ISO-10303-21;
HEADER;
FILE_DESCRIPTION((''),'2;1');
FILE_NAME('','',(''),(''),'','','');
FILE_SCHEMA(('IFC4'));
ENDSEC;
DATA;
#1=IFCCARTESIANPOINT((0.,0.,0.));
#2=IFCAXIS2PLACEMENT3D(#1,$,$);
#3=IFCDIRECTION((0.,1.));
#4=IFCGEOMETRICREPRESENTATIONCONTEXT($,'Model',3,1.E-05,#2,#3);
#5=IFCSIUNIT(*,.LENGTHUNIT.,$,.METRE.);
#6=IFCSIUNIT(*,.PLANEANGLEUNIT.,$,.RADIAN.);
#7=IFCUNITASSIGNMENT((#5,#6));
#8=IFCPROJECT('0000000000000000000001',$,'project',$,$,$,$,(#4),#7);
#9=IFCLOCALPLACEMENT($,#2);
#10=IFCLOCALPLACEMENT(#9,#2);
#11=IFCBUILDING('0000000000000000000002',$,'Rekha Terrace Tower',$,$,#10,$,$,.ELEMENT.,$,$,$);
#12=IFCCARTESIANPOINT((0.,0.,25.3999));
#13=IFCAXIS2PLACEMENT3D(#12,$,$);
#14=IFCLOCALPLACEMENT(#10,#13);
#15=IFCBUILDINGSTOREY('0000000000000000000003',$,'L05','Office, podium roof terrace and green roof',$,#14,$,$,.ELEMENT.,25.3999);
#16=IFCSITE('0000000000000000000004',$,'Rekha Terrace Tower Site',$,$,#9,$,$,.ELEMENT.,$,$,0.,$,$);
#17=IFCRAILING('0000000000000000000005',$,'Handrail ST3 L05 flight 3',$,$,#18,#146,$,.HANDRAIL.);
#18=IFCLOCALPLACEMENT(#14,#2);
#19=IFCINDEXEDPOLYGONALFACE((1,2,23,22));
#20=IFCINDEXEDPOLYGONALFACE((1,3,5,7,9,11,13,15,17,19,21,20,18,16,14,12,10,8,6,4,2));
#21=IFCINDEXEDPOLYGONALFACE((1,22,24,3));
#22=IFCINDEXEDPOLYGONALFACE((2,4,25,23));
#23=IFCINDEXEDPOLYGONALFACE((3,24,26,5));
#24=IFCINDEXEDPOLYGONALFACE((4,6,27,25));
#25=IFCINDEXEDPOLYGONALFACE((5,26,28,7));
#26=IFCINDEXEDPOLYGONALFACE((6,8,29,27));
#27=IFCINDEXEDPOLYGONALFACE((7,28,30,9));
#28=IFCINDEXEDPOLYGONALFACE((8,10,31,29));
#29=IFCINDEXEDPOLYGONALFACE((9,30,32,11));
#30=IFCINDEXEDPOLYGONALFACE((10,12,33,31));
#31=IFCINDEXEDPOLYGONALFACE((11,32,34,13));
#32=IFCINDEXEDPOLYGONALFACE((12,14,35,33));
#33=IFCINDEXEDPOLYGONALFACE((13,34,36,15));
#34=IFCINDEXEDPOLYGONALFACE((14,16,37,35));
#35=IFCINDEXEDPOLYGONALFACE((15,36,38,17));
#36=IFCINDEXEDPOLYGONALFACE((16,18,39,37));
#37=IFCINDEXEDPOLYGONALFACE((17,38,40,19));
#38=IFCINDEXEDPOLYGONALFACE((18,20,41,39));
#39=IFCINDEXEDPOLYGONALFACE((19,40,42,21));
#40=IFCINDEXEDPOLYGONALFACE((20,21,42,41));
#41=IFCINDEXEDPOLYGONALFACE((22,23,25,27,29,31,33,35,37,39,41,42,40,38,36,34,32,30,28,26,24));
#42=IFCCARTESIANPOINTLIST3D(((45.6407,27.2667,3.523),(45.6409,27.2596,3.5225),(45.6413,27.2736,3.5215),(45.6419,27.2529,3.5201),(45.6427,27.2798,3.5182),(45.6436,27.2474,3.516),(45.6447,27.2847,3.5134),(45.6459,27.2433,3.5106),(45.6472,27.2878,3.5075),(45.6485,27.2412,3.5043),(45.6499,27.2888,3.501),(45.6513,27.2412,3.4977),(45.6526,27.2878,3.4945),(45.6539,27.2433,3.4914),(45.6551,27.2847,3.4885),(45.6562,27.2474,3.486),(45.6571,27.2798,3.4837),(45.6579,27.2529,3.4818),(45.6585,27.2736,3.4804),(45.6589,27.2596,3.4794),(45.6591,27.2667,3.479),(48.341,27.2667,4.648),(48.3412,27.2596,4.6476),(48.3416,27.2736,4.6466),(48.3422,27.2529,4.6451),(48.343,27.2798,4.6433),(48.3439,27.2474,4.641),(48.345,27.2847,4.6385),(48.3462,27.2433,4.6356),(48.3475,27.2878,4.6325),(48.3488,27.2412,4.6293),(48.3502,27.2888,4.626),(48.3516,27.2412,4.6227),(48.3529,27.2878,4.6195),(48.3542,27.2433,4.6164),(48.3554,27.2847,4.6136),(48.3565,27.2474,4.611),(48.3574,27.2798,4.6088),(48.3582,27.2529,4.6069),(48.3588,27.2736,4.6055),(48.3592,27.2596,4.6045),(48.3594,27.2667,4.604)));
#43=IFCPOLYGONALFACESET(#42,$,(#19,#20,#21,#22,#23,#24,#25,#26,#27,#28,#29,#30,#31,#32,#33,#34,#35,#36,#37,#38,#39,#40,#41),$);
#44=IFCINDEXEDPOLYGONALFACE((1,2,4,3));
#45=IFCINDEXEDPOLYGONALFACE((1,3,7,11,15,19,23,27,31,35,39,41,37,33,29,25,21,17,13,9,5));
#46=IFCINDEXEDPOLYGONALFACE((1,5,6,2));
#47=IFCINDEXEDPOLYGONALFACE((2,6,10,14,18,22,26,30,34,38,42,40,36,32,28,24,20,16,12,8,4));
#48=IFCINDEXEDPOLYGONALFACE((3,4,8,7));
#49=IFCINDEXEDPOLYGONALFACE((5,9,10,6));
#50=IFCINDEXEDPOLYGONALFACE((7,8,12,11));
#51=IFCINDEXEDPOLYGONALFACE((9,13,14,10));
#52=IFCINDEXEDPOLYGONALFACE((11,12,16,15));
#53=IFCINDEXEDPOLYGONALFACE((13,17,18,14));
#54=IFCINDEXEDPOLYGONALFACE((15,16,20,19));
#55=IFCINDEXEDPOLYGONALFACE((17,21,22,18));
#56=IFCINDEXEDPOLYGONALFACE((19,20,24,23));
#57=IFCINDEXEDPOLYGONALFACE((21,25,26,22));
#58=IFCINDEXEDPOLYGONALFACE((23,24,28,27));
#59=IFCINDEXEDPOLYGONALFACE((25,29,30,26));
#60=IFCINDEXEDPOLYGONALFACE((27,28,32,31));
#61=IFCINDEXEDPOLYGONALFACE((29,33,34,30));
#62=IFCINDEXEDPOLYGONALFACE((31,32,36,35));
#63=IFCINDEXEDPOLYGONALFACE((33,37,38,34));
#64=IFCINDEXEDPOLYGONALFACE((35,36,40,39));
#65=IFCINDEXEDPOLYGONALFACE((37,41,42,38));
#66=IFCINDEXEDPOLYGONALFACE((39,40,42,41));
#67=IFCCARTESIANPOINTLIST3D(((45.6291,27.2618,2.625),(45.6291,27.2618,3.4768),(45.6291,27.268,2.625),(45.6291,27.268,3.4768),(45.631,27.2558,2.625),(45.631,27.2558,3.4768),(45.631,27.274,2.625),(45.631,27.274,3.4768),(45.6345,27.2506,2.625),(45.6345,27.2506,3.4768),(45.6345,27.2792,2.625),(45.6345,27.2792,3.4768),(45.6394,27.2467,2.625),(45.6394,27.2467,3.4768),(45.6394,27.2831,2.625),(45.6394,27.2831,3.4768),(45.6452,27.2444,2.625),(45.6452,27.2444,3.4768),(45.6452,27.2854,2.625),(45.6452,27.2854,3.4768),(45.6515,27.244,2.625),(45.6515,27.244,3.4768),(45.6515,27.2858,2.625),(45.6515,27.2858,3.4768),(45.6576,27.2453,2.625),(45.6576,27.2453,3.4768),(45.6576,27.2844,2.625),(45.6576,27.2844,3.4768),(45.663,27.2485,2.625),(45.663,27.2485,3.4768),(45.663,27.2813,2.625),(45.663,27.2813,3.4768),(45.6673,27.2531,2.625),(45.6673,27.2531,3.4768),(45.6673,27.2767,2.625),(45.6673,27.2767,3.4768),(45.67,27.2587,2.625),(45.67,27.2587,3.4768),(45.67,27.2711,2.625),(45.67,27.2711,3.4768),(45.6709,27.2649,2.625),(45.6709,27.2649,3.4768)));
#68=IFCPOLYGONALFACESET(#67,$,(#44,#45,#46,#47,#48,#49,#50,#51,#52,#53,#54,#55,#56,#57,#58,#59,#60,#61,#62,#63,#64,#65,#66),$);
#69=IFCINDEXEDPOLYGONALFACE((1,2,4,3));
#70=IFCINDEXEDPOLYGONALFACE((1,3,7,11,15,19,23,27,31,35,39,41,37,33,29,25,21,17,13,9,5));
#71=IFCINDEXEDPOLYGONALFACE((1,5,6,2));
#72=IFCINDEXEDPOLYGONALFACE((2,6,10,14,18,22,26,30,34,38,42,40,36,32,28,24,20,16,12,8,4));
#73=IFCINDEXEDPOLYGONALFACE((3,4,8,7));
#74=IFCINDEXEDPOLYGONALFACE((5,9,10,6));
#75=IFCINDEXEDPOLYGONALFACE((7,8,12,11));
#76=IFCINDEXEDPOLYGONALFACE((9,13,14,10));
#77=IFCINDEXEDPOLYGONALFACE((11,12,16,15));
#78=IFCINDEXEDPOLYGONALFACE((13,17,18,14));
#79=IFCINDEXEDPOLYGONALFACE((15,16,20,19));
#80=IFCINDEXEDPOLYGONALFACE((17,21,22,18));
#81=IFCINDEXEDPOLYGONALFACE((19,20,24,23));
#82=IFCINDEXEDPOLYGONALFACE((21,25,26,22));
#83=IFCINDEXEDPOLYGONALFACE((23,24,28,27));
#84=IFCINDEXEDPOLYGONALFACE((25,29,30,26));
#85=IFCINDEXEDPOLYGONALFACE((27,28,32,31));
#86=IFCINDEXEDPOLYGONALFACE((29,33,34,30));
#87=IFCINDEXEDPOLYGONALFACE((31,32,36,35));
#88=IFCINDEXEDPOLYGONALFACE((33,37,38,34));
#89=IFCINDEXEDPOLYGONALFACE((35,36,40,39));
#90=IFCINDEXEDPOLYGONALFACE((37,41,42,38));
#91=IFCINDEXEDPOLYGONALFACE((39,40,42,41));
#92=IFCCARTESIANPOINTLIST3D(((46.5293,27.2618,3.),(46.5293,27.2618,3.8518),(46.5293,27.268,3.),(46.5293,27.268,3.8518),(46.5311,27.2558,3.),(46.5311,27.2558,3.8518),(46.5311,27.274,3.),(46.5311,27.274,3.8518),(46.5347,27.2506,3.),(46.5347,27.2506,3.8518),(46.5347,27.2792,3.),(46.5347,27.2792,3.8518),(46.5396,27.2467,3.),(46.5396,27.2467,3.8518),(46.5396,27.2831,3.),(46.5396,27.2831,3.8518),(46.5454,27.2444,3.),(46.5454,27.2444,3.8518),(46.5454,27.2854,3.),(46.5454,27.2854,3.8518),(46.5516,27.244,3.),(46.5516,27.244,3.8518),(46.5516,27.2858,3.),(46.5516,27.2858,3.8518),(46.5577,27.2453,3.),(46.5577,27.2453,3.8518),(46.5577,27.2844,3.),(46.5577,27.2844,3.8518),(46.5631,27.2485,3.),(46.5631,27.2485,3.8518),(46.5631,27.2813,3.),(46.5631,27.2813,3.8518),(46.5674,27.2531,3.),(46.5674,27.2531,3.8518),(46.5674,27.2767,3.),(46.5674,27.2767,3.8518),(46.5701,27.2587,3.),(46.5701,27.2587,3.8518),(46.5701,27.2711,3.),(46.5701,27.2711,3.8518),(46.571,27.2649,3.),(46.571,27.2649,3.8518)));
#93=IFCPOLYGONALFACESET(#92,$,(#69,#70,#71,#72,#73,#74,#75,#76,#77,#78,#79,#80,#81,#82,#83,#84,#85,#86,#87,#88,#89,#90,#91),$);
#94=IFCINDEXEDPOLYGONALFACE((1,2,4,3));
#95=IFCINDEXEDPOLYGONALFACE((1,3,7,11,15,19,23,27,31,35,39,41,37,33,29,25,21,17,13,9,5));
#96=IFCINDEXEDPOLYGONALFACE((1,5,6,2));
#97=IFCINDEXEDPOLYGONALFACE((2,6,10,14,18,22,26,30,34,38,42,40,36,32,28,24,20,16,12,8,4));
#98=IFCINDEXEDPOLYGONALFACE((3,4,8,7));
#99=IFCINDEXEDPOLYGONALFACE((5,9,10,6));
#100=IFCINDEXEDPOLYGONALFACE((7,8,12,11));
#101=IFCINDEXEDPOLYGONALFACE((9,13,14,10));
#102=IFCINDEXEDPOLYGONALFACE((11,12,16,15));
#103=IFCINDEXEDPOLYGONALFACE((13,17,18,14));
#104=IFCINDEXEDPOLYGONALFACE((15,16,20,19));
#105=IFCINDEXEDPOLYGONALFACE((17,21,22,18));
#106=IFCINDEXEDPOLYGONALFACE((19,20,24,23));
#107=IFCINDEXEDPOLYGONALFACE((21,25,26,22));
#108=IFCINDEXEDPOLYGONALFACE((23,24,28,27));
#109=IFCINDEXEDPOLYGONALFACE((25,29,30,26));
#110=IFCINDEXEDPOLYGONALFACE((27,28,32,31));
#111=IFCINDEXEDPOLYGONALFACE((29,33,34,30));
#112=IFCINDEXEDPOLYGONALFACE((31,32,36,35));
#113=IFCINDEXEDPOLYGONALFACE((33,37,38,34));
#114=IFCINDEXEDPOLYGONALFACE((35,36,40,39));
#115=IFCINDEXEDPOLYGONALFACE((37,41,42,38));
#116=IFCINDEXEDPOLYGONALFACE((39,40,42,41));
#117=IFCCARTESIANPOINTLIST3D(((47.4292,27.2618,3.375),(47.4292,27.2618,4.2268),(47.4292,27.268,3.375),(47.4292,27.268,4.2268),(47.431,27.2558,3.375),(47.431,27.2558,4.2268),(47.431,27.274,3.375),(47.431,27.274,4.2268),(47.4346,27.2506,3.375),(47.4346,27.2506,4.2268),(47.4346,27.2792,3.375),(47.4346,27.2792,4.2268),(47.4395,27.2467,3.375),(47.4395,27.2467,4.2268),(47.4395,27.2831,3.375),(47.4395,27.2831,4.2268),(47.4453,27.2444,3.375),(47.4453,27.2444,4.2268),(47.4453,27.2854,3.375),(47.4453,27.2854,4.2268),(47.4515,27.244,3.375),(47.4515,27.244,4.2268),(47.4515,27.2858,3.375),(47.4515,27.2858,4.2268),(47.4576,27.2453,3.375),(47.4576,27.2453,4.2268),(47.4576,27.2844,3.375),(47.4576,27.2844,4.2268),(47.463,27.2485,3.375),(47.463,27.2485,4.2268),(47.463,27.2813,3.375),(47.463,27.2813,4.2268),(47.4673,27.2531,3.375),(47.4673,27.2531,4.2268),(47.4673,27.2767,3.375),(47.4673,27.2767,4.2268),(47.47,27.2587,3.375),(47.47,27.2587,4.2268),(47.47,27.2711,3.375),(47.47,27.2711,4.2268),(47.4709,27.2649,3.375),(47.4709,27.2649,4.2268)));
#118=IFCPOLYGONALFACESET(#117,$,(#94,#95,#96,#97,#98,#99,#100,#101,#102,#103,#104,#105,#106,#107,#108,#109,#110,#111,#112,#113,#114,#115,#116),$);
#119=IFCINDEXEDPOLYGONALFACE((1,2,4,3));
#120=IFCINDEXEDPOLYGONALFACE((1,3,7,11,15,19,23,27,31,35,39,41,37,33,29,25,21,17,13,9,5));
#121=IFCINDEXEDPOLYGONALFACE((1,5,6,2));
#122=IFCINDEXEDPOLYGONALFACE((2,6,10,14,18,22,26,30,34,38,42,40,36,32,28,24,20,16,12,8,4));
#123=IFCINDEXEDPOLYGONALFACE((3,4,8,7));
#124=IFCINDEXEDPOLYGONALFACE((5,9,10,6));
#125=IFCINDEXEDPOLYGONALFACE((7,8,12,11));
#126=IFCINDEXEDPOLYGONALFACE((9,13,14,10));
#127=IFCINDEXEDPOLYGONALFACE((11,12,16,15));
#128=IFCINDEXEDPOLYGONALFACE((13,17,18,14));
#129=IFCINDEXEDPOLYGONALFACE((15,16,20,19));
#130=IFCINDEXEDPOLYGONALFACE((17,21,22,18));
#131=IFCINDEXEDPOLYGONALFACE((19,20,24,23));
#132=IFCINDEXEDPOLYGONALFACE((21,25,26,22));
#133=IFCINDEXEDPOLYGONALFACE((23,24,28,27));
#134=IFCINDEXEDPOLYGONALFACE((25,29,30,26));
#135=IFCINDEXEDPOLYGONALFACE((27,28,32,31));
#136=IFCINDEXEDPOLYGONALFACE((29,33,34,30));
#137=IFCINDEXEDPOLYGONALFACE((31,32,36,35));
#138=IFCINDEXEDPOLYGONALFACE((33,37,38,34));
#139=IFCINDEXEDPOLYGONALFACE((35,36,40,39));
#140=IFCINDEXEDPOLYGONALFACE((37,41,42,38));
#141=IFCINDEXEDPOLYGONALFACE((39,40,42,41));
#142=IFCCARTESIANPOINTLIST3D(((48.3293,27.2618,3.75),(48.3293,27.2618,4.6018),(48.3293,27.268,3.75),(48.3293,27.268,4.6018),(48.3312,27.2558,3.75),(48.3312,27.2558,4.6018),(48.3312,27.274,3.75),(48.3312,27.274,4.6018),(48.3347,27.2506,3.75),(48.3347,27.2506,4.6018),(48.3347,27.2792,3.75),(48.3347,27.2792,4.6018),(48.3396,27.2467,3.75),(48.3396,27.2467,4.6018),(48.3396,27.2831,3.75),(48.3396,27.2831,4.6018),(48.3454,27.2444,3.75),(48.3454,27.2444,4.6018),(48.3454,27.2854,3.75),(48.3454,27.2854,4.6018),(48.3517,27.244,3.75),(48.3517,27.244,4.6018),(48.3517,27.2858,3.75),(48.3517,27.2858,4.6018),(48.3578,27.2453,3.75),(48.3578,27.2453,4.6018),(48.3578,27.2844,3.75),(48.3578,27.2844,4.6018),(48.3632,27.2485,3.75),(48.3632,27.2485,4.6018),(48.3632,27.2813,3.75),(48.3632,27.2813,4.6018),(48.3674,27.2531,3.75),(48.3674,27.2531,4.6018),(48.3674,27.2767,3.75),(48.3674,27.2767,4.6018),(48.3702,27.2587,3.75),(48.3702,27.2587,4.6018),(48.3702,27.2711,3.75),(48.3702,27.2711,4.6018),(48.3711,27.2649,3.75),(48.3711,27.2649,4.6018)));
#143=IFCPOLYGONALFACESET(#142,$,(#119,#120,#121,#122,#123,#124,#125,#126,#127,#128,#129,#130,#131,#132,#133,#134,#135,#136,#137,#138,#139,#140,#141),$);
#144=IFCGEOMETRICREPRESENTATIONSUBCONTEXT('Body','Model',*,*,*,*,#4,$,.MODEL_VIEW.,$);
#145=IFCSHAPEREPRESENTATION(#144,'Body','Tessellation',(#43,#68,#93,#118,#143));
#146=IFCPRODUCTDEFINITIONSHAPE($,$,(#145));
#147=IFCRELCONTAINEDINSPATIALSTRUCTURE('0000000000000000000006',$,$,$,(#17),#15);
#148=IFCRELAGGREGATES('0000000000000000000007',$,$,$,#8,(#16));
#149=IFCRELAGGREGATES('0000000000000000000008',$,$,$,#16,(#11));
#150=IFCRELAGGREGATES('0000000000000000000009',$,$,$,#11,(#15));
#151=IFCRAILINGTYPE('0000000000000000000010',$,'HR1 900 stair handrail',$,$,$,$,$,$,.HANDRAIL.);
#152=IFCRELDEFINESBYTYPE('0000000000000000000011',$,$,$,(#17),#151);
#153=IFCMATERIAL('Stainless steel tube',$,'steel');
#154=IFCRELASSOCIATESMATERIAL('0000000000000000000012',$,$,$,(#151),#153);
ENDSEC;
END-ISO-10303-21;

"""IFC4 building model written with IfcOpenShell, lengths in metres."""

from ifc_helpers import new_model, si_unit, direction, frame, origin, origin_2d, place, context, subcontext, project, spatial, circle, extrude, material, type_object, element, save


model = new_model("IFC4")

# Units and contexts
model_context = context("Model", 3, precision=1e-05, world=origin(), true_north=direction((0.0, 1.0)))
body_context = subcontext(model_context, "Body", "Model", "MODEL_VIEW")
ifc_project = project(units=[si_unit("LENGTHUNIT", "METRE"), si_unit("PLANEANGLEUNIT", "RADIAN")], contexts=[model_context])

# Site, building, storey
site_placement = place(None, origin())
site = spatial("IfcSite", under=ifc_project, at=site_placement, Name="Rekha Terrace Tower Site", CompositionType="ELEMENT", RefElevation=0.0)
building_placement = place(site_placement, origin())
building = spatial("IfcBuilding", under=site, at=building_placement, Name="Rekha Terrace Tower", CompositionType="ELEMENT")
storey_placement = place(building_placement, frame((0.0, 0.0, 25.3999)))
storey = spatial("IfcBuildingStorey", under=building, at=storey_placement, Name="L05", Description="Office, podium roof terrace and green roof", CompositionType="ELEMENT", Elevation=25.3999)

# Railing
ifc_material_1 = material(Name="Stainless steel tube", Category="steel")
railing_type_1 = type_object("IfcRailingType", Name="HR1 900 stair handrail", PredefinedType="HANDRAIL", material=ifc_material_1)
railing_1_placement = place(storey_placement, frame((45.6499, 27.2649, 2.625)))
element("IfcRailing", 1, at=railing_1_placement, inside=storey, type_object=railing_type_1, Name="Handrail ST3 L05 flight 3", PredefinedType="HANDRAIL", context=body_context, shape_type="SweptSolid", body=[
    extrude(circle(Radius=0.0239, at=origin_2d()), frame((0.0, 0.0, 0.876), z_axis=(0.923087, 0.0, 0.384592), x_axis=(0.0, 1.0, 0.0)), (0.0, 0.0, 1.0), 2.9253),
    extrude(circle(Radius=0.021, at=origin_2d()), origin(), (0.0, 0.0, 1.0), 0.8518),
    extrude(circle(Radius=0.021, at=origin_2d()), frame((0.9001, 0.0, 0.375)), (0.0, 0.0, 1.0), 0.8518),
    extrude(circle(Radius=0.021, at=origin_2d()), frame((1.8, 0.0, 0.75)), (0.0, 0.0, 1.0), 0.8518),
    extrude(circle(Radius=0.021, at=origin_2d()), frame((2.7002, 0.0, 1.125)), (0.0, 0.0, 1.0), 0.8518),
])

save(model, "model.ifc")
